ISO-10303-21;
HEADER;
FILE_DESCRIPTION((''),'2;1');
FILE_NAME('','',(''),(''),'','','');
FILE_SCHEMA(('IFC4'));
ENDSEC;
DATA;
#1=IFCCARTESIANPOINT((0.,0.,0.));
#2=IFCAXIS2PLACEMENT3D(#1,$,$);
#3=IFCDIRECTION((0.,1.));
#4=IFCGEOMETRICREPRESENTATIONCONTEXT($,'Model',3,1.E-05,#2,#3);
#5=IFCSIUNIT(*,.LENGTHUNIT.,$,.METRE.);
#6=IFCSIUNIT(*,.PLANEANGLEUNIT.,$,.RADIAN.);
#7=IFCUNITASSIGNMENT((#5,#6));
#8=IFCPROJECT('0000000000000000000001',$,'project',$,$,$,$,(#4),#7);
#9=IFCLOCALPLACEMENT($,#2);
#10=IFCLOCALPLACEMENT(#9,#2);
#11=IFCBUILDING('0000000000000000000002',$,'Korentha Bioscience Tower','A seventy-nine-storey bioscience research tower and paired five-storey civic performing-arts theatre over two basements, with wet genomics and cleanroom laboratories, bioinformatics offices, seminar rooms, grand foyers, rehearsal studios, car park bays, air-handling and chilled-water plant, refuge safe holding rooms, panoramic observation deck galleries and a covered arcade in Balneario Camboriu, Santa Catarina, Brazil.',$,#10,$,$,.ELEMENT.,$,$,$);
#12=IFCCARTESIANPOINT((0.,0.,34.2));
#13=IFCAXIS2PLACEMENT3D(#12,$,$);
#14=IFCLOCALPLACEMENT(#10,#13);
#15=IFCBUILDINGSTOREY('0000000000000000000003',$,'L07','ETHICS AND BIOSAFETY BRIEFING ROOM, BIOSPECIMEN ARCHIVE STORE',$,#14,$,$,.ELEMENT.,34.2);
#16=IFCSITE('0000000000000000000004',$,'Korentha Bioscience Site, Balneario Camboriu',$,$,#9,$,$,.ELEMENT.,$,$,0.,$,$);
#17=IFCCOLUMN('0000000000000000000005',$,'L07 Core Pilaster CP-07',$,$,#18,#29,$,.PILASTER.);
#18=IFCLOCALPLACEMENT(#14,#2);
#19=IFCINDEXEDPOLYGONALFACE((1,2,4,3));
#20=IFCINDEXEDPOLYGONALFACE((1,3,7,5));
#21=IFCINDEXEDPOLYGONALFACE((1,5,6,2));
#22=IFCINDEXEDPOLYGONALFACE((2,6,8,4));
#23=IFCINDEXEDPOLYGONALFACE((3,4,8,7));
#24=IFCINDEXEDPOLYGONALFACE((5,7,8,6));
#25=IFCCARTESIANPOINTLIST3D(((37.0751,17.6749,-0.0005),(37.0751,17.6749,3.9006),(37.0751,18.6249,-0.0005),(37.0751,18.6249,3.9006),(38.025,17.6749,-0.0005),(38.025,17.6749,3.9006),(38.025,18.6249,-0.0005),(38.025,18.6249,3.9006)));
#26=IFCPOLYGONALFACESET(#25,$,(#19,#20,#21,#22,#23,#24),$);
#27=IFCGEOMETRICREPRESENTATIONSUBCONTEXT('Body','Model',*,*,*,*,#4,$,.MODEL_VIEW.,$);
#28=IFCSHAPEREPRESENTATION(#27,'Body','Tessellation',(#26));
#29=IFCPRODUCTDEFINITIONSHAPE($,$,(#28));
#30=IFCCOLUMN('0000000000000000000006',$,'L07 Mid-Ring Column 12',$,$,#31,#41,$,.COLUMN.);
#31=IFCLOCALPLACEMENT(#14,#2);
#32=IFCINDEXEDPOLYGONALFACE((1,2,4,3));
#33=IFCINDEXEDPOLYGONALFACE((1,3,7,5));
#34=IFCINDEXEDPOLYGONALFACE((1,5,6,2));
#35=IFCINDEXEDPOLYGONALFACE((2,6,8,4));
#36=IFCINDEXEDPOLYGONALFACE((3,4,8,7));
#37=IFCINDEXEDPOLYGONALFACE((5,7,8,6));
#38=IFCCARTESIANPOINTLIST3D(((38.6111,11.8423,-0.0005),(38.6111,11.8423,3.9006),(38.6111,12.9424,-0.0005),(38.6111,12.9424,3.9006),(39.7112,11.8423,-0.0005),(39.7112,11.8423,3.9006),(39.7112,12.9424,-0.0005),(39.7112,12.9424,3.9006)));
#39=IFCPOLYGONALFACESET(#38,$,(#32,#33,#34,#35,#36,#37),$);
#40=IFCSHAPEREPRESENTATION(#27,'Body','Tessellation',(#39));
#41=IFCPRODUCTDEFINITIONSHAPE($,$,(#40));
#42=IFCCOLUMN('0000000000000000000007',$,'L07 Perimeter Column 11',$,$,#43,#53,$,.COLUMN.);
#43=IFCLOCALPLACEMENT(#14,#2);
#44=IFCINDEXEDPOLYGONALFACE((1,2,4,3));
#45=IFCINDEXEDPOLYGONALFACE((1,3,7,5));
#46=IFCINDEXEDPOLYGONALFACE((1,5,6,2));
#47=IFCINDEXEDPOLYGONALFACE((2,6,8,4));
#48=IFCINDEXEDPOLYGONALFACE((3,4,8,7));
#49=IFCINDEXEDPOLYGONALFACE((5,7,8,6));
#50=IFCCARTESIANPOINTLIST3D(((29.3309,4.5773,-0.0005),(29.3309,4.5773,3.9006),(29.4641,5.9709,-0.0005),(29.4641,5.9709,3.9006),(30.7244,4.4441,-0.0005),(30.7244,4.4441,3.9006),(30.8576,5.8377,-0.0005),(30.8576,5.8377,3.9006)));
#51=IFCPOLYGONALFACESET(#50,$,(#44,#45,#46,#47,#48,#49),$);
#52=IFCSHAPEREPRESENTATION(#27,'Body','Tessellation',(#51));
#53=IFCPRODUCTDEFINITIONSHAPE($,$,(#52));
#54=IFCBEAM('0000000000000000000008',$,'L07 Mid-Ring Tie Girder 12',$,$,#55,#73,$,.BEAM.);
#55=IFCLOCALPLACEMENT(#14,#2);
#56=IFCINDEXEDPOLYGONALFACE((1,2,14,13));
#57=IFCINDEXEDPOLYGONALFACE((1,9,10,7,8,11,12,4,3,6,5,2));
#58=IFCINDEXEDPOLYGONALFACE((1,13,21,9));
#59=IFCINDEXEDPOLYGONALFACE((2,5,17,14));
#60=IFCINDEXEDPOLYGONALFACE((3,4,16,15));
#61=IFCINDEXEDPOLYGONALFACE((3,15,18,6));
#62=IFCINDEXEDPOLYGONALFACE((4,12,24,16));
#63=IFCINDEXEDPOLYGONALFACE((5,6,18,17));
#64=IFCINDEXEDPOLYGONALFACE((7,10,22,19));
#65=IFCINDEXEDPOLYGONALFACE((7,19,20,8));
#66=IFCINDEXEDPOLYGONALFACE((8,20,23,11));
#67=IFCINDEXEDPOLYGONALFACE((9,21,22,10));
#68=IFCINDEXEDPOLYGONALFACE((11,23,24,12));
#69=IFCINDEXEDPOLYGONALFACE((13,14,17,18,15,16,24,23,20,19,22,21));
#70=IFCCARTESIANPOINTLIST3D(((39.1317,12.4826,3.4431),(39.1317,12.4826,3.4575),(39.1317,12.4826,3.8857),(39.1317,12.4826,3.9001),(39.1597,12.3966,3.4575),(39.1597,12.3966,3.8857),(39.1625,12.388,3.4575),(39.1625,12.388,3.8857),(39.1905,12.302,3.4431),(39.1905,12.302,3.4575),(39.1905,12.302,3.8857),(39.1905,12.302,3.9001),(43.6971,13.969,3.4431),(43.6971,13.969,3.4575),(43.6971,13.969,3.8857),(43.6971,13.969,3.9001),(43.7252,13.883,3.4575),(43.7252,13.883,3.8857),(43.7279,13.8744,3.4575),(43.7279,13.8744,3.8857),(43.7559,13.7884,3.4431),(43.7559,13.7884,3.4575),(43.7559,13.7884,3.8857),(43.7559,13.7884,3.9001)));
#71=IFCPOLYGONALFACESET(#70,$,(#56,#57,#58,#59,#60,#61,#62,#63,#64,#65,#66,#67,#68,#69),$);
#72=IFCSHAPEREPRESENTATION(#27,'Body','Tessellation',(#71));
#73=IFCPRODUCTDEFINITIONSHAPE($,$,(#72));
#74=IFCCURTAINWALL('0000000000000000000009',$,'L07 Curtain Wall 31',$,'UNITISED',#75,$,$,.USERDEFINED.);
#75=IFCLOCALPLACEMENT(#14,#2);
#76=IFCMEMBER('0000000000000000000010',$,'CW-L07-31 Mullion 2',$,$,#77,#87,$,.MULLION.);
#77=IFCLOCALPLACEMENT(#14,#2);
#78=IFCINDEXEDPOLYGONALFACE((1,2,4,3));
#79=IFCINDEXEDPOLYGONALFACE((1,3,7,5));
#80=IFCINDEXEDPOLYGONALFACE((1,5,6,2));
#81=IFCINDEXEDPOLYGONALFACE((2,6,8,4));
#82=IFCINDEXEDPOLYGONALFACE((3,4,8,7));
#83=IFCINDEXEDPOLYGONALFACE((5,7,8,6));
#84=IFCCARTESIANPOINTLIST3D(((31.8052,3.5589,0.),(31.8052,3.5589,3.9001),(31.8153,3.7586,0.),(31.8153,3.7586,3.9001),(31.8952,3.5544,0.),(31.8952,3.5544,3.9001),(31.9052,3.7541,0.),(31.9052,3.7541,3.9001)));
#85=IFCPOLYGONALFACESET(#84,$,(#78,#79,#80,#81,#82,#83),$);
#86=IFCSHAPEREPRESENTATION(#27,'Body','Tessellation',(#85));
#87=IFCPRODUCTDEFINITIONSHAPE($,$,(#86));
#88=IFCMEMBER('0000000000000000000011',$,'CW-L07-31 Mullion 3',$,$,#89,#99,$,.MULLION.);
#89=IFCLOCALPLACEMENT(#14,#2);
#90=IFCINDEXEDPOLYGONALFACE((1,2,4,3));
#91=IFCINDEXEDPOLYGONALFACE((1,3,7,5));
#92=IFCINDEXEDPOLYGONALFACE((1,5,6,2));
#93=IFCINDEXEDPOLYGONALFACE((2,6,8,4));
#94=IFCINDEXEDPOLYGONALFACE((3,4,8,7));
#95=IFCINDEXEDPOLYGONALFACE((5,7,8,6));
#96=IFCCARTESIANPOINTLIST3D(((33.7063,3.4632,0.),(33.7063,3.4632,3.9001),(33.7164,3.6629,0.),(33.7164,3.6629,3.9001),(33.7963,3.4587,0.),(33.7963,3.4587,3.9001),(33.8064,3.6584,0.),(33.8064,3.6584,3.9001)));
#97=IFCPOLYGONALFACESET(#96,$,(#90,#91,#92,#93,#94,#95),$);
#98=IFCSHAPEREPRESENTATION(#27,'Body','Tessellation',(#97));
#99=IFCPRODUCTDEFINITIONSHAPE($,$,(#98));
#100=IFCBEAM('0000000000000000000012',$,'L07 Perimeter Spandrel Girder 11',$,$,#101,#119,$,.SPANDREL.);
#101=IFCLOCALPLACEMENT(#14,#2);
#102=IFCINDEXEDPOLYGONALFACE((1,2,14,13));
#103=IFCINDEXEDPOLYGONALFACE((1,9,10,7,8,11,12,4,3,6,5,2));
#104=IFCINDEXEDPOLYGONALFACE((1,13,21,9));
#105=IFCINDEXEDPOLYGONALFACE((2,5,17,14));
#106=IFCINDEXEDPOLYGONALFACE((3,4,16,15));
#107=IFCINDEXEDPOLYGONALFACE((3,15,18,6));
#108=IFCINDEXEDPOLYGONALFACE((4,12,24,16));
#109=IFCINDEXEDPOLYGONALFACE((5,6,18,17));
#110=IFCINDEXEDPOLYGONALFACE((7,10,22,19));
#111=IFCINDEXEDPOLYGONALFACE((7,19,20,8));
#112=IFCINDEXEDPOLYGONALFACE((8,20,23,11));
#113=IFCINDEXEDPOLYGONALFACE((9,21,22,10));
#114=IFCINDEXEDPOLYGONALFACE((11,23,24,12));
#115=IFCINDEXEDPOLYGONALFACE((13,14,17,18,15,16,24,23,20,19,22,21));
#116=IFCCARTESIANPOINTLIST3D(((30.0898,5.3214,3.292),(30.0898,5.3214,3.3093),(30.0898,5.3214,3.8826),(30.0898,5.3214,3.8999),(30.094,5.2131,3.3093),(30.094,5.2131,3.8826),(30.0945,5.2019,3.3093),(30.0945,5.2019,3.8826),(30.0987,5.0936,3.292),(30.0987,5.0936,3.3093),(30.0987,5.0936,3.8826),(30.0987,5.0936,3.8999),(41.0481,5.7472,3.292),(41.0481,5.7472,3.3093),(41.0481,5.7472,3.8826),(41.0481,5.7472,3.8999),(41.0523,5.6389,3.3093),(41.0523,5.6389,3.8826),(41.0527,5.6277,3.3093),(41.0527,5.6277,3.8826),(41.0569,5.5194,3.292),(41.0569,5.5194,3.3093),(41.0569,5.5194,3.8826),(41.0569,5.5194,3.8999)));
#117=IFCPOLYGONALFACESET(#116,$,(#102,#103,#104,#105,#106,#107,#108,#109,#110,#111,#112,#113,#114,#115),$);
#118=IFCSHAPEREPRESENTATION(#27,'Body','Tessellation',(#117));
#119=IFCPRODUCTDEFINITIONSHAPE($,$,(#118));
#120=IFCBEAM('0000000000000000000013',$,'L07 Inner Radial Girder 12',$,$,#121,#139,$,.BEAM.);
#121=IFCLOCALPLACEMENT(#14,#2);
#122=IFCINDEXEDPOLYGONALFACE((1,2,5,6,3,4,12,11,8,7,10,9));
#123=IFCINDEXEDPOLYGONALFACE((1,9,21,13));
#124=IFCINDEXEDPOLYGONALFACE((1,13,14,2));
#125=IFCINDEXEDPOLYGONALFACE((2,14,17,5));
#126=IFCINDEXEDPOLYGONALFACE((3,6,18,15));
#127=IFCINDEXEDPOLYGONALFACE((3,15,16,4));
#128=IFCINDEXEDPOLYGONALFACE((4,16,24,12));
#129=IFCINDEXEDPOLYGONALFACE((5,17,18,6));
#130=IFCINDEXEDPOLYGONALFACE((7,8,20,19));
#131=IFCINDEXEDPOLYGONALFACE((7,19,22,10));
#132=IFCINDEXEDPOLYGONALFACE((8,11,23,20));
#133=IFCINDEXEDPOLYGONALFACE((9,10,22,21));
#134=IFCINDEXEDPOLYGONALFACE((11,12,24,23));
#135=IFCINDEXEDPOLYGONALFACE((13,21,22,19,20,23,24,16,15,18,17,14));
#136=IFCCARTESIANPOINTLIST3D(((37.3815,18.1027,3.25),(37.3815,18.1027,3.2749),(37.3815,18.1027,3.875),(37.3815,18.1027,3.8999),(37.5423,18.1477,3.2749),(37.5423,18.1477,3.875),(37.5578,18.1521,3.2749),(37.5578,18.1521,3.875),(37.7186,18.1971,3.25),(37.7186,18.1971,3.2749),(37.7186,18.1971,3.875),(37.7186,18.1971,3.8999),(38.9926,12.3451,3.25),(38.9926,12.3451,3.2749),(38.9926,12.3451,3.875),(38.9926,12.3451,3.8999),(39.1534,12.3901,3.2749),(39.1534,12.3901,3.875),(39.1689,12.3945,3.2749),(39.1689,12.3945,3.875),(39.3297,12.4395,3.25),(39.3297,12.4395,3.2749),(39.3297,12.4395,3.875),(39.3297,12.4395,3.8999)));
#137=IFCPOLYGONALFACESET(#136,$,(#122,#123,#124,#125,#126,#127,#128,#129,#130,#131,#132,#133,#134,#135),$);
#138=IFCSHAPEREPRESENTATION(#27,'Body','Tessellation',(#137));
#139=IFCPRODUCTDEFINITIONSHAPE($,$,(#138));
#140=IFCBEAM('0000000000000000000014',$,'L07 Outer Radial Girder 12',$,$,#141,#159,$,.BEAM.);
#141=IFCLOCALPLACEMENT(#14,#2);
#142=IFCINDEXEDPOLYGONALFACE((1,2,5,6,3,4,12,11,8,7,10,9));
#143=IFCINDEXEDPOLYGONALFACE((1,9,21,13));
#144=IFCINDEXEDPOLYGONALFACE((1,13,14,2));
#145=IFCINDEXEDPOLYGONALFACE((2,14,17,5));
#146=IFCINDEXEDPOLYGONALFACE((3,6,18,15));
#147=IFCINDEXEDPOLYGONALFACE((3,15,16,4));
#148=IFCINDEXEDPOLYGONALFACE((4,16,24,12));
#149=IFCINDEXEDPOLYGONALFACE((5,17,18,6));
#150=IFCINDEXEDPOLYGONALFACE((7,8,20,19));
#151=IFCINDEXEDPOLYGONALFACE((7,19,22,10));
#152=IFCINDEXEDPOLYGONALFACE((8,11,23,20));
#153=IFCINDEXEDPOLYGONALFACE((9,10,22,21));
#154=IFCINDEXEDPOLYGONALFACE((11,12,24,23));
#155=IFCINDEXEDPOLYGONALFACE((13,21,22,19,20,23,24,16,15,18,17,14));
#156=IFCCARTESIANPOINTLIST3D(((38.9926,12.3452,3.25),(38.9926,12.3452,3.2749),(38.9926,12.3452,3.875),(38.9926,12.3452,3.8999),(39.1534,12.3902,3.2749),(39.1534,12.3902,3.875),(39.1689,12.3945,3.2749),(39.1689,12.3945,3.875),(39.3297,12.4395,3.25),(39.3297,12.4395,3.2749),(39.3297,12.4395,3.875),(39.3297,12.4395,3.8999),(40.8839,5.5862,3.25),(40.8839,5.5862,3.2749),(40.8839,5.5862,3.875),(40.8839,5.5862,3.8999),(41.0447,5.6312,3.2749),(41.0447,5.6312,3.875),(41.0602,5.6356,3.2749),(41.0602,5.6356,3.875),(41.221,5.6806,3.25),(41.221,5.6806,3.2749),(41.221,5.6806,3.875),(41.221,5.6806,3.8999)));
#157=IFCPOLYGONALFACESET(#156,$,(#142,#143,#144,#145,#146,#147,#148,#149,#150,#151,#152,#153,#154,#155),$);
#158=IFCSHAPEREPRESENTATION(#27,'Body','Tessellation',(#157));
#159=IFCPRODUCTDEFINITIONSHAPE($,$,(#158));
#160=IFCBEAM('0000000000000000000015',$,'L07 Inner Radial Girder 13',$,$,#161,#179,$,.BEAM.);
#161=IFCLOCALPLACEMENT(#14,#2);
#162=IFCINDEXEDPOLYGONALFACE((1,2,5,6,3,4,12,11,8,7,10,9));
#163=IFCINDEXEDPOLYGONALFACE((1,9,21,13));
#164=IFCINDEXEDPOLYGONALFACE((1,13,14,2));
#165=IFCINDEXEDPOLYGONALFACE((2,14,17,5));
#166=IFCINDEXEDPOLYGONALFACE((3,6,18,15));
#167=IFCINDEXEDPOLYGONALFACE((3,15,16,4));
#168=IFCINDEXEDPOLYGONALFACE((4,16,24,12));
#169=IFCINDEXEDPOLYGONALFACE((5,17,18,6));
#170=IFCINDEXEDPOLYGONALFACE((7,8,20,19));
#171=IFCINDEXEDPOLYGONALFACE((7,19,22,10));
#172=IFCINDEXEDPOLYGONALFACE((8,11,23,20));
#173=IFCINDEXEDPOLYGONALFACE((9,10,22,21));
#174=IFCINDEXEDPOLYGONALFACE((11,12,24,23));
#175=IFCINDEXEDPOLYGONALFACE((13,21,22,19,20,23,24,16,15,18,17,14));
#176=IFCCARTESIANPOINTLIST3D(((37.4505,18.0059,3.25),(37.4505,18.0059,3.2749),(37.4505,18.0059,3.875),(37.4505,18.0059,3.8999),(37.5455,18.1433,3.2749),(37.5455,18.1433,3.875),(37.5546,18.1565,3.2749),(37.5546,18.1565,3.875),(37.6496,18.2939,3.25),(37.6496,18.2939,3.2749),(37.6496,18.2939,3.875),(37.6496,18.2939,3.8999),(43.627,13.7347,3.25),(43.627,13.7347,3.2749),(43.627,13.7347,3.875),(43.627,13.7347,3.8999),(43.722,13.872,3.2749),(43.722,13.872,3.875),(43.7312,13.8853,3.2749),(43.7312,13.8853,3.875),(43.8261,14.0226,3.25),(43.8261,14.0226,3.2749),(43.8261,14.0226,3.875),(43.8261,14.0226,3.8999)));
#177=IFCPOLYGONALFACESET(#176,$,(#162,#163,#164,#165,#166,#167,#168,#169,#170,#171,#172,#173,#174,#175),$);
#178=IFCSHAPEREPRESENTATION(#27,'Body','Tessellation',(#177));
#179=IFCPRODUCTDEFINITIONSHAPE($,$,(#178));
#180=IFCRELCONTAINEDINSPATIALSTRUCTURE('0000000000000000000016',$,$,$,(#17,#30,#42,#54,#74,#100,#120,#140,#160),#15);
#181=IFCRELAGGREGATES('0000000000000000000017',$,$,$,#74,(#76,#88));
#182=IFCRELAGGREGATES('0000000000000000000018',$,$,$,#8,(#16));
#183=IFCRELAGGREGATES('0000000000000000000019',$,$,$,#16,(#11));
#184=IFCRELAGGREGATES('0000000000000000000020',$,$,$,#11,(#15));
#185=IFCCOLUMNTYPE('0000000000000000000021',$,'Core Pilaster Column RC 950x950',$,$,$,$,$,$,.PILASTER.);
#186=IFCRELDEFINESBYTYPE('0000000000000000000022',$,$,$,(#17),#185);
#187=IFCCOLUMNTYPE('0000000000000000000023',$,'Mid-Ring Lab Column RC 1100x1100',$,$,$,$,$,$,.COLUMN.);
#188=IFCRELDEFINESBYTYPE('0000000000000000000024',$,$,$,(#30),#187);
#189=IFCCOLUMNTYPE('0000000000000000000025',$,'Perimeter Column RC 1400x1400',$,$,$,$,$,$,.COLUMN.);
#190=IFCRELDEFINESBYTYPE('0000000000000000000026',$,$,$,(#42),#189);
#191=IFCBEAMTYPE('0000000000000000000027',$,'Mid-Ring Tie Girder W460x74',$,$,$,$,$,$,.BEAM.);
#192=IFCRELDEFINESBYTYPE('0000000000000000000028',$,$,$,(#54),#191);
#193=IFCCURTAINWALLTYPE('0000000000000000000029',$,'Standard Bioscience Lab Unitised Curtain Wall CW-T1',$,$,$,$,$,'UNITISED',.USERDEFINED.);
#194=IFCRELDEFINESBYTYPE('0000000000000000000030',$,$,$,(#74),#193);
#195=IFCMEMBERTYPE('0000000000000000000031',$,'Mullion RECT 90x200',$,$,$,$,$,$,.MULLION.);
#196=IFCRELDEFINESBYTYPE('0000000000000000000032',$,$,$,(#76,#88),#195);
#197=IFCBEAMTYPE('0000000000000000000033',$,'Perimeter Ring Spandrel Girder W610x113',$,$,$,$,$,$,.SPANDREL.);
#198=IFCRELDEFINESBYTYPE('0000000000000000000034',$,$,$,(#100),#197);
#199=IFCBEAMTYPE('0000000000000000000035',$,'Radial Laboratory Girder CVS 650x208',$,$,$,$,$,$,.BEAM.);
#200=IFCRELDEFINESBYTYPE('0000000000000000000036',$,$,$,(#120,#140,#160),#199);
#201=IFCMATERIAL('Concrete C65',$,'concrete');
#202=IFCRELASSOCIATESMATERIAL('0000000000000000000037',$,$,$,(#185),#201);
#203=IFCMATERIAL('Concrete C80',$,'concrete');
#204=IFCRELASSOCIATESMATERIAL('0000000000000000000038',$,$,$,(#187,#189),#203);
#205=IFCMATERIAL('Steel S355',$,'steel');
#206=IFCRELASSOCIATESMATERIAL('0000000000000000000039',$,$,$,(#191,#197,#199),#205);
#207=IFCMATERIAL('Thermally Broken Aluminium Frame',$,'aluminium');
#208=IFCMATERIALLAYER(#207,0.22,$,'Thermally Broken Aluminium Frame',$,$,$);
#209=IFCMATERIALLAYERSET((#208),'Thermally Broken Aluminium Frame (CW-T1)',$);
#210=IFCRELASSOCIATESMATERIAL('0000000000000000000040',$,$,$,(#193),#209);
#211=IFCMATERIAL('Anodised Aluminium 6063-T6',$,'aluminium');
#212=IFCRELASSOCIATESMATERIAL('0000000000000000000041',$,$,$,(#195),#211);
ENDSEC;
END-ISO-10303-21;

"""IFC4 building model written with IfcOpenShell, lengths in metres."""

from ifc_helpers import new_model, si_unit, direction, frame, origin, origin_2d, place, context, subcontext, project, spatial, rectangle, i_section, extrude, material, layer, layer_set, material_profile, profile_set, type_object, element, aggregate, save


model = new_model("IFC4")

# Units and contexts
model_context = context("Model", 3, precision=1e-05, world=origin(), true_north=direction((0.0, 1.0)))
body_context = subcontext(model_context, "Body", "Model", "MODEL_VIEW")
ifc_project = project(units=[si_unit("LENGTHUNIT", "METRE"), si_unit("PLANEANGLEUNIT", "RADIAN")], contexts=[model_context])

# Site, building, storey
site_placement = place(None, origin())
site = spatial("IfcSite", under=ifc_project, at=site_placement, Name="Korentha Bioscience Site, Balneario Camboriu", CompositionType="ELEMENT", RefElevation=0.0)
building_placement = place(site_placement, origin())
building = spatial("IfcBuilding", under=site, at=building_placement, Name="Korentha Bioscience Tower", Description="A seventy-nine-storey bioscience research tower and paired five-storey civic performing-arts theatre over two basements, with wet genomics and cleanroom laboratories, bioinformatics offices, seminar rooms, grand foyers, rehearsal studios, car park bays, air-handling and chilled-water plant, refuge safe holding rooms, panoramic observation deck galleries and a covered arcade in Balneario Camboriu, Santa Catarina, Brazil.", CompositionType="ELEMENT")
storey_placement = place(building_placement, frame((0.0, 0.0, 34.2)))
storey = spatial("IfcBuildingStorey", under=building, at=storey_placement, Name="L07", Description="ETHICS AND BIOSAFETY BRIEFING ROOM, BIOSPECIMEN ARCHIVE STORE", CompositionType="ELEMENT", Elevation=34.2)

# Columns
ifc_material_1 = material(Name="Concrete C65", Category="concrete")
ifc_material_profile_1 = material_profile(ifc_material_1, rectangle(XDim=0.95, YDim=0.95, at=origin_2d()), Name="Concrete C65")
ifc_profile_set_1 = profile_set([ifc_material_profile_1], Name="Concrete C65 (COL-CP09)")
column_type_1 = type_object("IfcColumnType", Name="Core Pilaster Column RC 950x950", PredefinedType="PILASTER", material=ifc_profile_set_1)
column_1_placement = place(storey_placement, frame((37.55, 18.1499, -0.0005), z_axis=(0.0, 0.0, 1.0), x_axis=(1.0, 0.0, 0.0)))
element("IfcColumn", 1, at=column_1_placement, inside=storey, type_object=column_type_1, Name="L07 Core Pilaster CP-07", PredefinedType="PILASTER", context=body_context, shape_type="SweptSolid", body=[
    extrude(rectangle(XDim=0.95, YDim=0.95, at=origin_2d()), origin(), (0.0, 0.0, 1.0), 3.9011),
])
ifc_material_2 = material(Name="Concrete C80", Category="concrete")
ifc_material_profile_2 = material_profile(ifc_material_2, rectangle(XDim=1.1001, YDim=1.1001, at=origin_2d()), Name="Concrete C80")
ifc_profile_set_2 = profile_set([ifc_material_profile_2], Name="Concrete C80 (COL-MR11)")
column_type_2 = type_object("IfcColumnType", Name="Mid-Ring Lab Column RC 1100x1100", PredefinedType="COLUMN", material=ifc_profile_set_2)
column_2_placement = place(storey_placement, frame((39.1611, 12.3923, -0.0005), z_axis=(0.0, 0.0, 1.0), x_axis=(1.0, 0.0, 0.0)))
element("IfcColumn", 2, at=column_2_placement, inside=storey, type_object=column_type_2, Name="L07 Mid-Ring Column 12", PredefinedType="COLUMN", context=body_context, shape_type="SweptSolid", body=[
    extrude(rectangle(XDim=1.1001, YDim=1.1001, at=origin_2d()), origin(), (0.0, 0.0, 1.0), 3.9011),
])
ifc_material_profile_3 = material_profile(ifc_material_2, rectangle(XDim=1.3999, YDim=1.3999, at=origin_2d()), Name="Concrete C80")
ifc_profile_set_3 = profile_set([ifc_material_profile_3], Name="Concrete C80 (COL-P14)")
column_type_3 = type_object("IfcColumnType", Name="Perimeter Column RC 1400x1400", PredefinedType="COLUMN", material=ifc_profile_set_3)
column_3_placement = place(storey_placement, frame((30.0942, 5.2075, -0.0005), z_axis=(0.0, 0.0, 1.0), x_axis=(-0.995463, 0.095151, 0.0)))
element("IfcColumn", 3, at=column_3_placement, inside=storey, type_object=column_type_3, Name="L07 Perimeter Column 11", PredefinedType="COLUMN", context=body_context, shape_type="SweptSolid", body=[
    extrude(rectangle(XDim=1.3999, YDim=1.3999, at=origin_2d()), origin(), (0.0, 0.0, 1.0), 3.9011),
])

# Beam
ifc_material_3 = material(Name="Steel S355", Category="steel")
ifc_material_profile_4 = material_profile(ifc_material_3, i_section(OverallWidth=0.1899, OverallDepth=0.457, WebThickness=0.009, FlangeThickness=0.0144, at=origin_2d()), Name="Steel S355")
ifc_profile_set_4 = profile_set([ifc_material_profile_4], Name="Steel S355 (MB-460)")
beam_type_1 = type_object("IfcBeamType", Name="Mid-Ring Tie Girder W460x74", PredefinedType="BEAM", material=ifc_profile_set_4)
beam_1_placement = place(storey_placement, frame((39.1611, 12.3923, 3.6716), z_axis=(0.950877, 0.309569, 0.0), x_axis=(-0.309569, 0.950877, 0.0)))
element("IfcBeam", 4, at=beam_1_placement, inside=storey, type_object=beam_type_1, Name="L07 Mid-Ring Tie Girder 12", PredefinedType="BEAM", context=body_context, shape_type="SweptSolid", body=[
    extrude(i_section(OverallWidth=0.1899, OverallDepth=0.457, WebThickness=0.009, FlangeThickness=0.0144, at=origin_2d()), origin(), (0.0, 0.0, 1.0), 4.8013),
])

# Curtain wall, members
ifc_material_4 = material(Name="Thermally Broken Aluminium Frame", Category="aluminium")
ifc_layer_1 = layer(ifc_material_4, 0.22, Name="Thermally Broken Aluminium Frame")
ifc_layer_set_1 = layer_set([ifc_layer_1], Name="Thermally Broken Aluminium Frame (CW-T1)")
curtain_wall_type = type_object("IfcCurtainWallType", Name="Standard Bioscience Lab Unitised Curtain Wall CW-T1", ElementType="UNITISED", PredefinedType="USERDEFINED", material=ifc_layer_set_1)
curtain_wall_placement = place(storey_placement, origin())
curtain_wall = element("IfcCurtainWall", 5, at=curtain_wall_placement, inside=storey, type_object=curtain_wall_type, Name="L07 Curtain Wall 31", ObjectType="UNITISED", PredefinedType="USERDEFINED")
ifc_material_5 = material(Name="Anodised Aluminium 6063-T6", Category="aluminium")
ifc_material_profile_5 = material_profile(ifc_material_5, rectangle(XDim=0.0901, YDim=0.2, at=origin_2d()), Name="Anodised Aluminium 6063-T6")
ifc_profile_set_5 = profile_set([ifc_material_profile_5], Name="Anodised Aluminium 6063-T6 (CW-MUL)")
member_type_1 = type_object("IfcMemberType", Name="Mullion RECT 90x200", PredefinedType="MULLION", material=ifc_profile_set_5)
member_1_placement = place(storey_placement, frame((31.8552, 3.6565, 0.0), z_axis=(0.0, 0.0, 1.0), x_axis=(0.998731, -0.050371, 0.0)))
member_1 = element("IfcMember", 6, at=member_1_placement, type_object=member_type_1, Name="CW-L07-31 Mullion 2", PredefinedType="MULLION", context=body_context, shape_type="SweptSolid", body=[
    extrude(rectangle(XDim=0.0901, YDim=0.2, at=origin_2d()), origin(), (0.0, 0.0, 1.0), 3.9001),
])
member_2_placement = place(storey_placement, frame((33.7563, 3.5608, 0.0), z_axis=(0.0, 0.0, 1.0), x_axis=(0.998731, -0.050371, 0.0)))
member_2 = element("IfcMember", 7, at=member_2_placement, type_object=member_type_1, Name="CW-L07-31 Mullion 3", PredefinedType="MULLION", context=body_context, shape_type="SweptSolid", body=[
    extrude(rectangle(XDim=0.0901, YDim=0.2, at=origin_2d()), origin(), (0.0, 0.0, 1.0), 3.9001),
])

# Beams
ifc_material_profile_6 = material_profile(ifc_material_3, i_section(OverallWidth=0.228, OverallDepth=0.6079, WebThickness=0.0112, FlangeThickness=0.0173, at=origin_2d()), Name="Steel S355")
ifc_profile_set_6 = profile_set([ifc_material_profile_6], Name="Steel S355 (SB-610)")
beam_type_2 = type_object("IfcBeamType", Name="Perimeter Ring Spandrel Girder W610x113", PredefinedType="SPANDREL", material=ifc_profile_set_6)
beam_2_placement = place(storey_placement, frame((30.0942, 5.2075, 3.5959), z_axis=(0.999246, 0.038826, 0.0), x_axis=(-0.038826, 0.999246, 0.0)))
element("IfcBeam", 8, at=beam_2_placement, inside=storey, type_object=beam_type_2, Name="L07 Perimeter Spandrel Girder 11", PredefinedType="SPANDREL", context=body_context, shape_type="SweptSolid", body=[
    extrude(i_section(OverallWidth=0.228, OverallDepth=0.6079, WebThickness=0.0112, FlangeThickness=0.0173, at=origin_2d()), origin(), (0.0, 0.0, 1.0), 10.9666),
])
ifc_material_profile_7 = material_profile(ifc_material_3, i_section(OverallWidth=0.3501, OverallDepth=0.6499, WebThickness=0.0161, FlangeThickness=0.0249, at=origin_2d()), Name="Steel S355")
ifc_profile_set_7 = profile_set([ifc_material_profile_7], Name="Steel S355 (RB-650)")
beam_type_3 = type_object("IfcBeamType", Name="Radial Laboratory Girder CVS 650x208", PredefinedType="BEAM", material=ifc_profile_set_7)
beam_3_placement = place(storey_placement, frame((37.55, 18.1499, 3.575), z_axis=(0.269469, -0.963009, 0.0), x_axis=(0.963009, 0.269469, 0.0)))
element("IfcBeam", 9, at=beam_3_placement, inside=storey, type_object=beam_type_3, Name="L07 Inner Radial Girder 12", PredefinedType="BEAM", context=body_context, shape_type="SweptSolid", body=[
    extrude(i_section(OverallWidth=0.3501, OverallDepth=0.6499, WebThickness=0.0161, FlangeThickness=0.0249, at=origin_2d()), origin(), (0.0, 0.0, 1.0), 5.9788),
])
beam_4_placement = place(storey_placement, frame((39.1611, 12.3923, 3.575), z_axis=(0.269475, -0.963007, 0.0), x_axis=(0.963007, 0.269475, 0.0)))
element("IfcBeam", 10, at=beam_4_placement, inside=storey, type_object=beam_type_3, Name="L07 Outer Radial Girder 12", PredefinedType="BEAM", context=body_context, shape_type="SweptSolid", body=[
    extrude(i_section(OverallWidth=0.3501, OverallDepth=0.6499, WebThickness=0.0161, FlangeThickness=0.0249, at=origin_2d()), origin(), (0.0, 0.0, 1.0), 7.0186),
])
beam_5_placement = place(storey_placement, frame((37.55, 18.1499, 3.575), z_axis=(0.822492, -0.568777, 0.0), x_axis=(0.568777, 0.822492, 0.0)))
element("IfcBeam", 11, at=beam_5_placement, inside=storey, type_object=beam_type_3, Name="L07 Inner Radial Girder 13", PredefinedType="BEAM", context=body_context, shape_type="SweptSolid", body=[
    extrude(i_section(OverallWidth=0.3501, OverallDepth=0.6499, WebThickness=0.0161, FlangeThickness=0.0249, at=origin_2d()), origin(), (0.0, 0.0, 1.0), 7.5095),
])

aggregate(curtain_wall, [member_1, member_2])

save(model, "model.ifc")
